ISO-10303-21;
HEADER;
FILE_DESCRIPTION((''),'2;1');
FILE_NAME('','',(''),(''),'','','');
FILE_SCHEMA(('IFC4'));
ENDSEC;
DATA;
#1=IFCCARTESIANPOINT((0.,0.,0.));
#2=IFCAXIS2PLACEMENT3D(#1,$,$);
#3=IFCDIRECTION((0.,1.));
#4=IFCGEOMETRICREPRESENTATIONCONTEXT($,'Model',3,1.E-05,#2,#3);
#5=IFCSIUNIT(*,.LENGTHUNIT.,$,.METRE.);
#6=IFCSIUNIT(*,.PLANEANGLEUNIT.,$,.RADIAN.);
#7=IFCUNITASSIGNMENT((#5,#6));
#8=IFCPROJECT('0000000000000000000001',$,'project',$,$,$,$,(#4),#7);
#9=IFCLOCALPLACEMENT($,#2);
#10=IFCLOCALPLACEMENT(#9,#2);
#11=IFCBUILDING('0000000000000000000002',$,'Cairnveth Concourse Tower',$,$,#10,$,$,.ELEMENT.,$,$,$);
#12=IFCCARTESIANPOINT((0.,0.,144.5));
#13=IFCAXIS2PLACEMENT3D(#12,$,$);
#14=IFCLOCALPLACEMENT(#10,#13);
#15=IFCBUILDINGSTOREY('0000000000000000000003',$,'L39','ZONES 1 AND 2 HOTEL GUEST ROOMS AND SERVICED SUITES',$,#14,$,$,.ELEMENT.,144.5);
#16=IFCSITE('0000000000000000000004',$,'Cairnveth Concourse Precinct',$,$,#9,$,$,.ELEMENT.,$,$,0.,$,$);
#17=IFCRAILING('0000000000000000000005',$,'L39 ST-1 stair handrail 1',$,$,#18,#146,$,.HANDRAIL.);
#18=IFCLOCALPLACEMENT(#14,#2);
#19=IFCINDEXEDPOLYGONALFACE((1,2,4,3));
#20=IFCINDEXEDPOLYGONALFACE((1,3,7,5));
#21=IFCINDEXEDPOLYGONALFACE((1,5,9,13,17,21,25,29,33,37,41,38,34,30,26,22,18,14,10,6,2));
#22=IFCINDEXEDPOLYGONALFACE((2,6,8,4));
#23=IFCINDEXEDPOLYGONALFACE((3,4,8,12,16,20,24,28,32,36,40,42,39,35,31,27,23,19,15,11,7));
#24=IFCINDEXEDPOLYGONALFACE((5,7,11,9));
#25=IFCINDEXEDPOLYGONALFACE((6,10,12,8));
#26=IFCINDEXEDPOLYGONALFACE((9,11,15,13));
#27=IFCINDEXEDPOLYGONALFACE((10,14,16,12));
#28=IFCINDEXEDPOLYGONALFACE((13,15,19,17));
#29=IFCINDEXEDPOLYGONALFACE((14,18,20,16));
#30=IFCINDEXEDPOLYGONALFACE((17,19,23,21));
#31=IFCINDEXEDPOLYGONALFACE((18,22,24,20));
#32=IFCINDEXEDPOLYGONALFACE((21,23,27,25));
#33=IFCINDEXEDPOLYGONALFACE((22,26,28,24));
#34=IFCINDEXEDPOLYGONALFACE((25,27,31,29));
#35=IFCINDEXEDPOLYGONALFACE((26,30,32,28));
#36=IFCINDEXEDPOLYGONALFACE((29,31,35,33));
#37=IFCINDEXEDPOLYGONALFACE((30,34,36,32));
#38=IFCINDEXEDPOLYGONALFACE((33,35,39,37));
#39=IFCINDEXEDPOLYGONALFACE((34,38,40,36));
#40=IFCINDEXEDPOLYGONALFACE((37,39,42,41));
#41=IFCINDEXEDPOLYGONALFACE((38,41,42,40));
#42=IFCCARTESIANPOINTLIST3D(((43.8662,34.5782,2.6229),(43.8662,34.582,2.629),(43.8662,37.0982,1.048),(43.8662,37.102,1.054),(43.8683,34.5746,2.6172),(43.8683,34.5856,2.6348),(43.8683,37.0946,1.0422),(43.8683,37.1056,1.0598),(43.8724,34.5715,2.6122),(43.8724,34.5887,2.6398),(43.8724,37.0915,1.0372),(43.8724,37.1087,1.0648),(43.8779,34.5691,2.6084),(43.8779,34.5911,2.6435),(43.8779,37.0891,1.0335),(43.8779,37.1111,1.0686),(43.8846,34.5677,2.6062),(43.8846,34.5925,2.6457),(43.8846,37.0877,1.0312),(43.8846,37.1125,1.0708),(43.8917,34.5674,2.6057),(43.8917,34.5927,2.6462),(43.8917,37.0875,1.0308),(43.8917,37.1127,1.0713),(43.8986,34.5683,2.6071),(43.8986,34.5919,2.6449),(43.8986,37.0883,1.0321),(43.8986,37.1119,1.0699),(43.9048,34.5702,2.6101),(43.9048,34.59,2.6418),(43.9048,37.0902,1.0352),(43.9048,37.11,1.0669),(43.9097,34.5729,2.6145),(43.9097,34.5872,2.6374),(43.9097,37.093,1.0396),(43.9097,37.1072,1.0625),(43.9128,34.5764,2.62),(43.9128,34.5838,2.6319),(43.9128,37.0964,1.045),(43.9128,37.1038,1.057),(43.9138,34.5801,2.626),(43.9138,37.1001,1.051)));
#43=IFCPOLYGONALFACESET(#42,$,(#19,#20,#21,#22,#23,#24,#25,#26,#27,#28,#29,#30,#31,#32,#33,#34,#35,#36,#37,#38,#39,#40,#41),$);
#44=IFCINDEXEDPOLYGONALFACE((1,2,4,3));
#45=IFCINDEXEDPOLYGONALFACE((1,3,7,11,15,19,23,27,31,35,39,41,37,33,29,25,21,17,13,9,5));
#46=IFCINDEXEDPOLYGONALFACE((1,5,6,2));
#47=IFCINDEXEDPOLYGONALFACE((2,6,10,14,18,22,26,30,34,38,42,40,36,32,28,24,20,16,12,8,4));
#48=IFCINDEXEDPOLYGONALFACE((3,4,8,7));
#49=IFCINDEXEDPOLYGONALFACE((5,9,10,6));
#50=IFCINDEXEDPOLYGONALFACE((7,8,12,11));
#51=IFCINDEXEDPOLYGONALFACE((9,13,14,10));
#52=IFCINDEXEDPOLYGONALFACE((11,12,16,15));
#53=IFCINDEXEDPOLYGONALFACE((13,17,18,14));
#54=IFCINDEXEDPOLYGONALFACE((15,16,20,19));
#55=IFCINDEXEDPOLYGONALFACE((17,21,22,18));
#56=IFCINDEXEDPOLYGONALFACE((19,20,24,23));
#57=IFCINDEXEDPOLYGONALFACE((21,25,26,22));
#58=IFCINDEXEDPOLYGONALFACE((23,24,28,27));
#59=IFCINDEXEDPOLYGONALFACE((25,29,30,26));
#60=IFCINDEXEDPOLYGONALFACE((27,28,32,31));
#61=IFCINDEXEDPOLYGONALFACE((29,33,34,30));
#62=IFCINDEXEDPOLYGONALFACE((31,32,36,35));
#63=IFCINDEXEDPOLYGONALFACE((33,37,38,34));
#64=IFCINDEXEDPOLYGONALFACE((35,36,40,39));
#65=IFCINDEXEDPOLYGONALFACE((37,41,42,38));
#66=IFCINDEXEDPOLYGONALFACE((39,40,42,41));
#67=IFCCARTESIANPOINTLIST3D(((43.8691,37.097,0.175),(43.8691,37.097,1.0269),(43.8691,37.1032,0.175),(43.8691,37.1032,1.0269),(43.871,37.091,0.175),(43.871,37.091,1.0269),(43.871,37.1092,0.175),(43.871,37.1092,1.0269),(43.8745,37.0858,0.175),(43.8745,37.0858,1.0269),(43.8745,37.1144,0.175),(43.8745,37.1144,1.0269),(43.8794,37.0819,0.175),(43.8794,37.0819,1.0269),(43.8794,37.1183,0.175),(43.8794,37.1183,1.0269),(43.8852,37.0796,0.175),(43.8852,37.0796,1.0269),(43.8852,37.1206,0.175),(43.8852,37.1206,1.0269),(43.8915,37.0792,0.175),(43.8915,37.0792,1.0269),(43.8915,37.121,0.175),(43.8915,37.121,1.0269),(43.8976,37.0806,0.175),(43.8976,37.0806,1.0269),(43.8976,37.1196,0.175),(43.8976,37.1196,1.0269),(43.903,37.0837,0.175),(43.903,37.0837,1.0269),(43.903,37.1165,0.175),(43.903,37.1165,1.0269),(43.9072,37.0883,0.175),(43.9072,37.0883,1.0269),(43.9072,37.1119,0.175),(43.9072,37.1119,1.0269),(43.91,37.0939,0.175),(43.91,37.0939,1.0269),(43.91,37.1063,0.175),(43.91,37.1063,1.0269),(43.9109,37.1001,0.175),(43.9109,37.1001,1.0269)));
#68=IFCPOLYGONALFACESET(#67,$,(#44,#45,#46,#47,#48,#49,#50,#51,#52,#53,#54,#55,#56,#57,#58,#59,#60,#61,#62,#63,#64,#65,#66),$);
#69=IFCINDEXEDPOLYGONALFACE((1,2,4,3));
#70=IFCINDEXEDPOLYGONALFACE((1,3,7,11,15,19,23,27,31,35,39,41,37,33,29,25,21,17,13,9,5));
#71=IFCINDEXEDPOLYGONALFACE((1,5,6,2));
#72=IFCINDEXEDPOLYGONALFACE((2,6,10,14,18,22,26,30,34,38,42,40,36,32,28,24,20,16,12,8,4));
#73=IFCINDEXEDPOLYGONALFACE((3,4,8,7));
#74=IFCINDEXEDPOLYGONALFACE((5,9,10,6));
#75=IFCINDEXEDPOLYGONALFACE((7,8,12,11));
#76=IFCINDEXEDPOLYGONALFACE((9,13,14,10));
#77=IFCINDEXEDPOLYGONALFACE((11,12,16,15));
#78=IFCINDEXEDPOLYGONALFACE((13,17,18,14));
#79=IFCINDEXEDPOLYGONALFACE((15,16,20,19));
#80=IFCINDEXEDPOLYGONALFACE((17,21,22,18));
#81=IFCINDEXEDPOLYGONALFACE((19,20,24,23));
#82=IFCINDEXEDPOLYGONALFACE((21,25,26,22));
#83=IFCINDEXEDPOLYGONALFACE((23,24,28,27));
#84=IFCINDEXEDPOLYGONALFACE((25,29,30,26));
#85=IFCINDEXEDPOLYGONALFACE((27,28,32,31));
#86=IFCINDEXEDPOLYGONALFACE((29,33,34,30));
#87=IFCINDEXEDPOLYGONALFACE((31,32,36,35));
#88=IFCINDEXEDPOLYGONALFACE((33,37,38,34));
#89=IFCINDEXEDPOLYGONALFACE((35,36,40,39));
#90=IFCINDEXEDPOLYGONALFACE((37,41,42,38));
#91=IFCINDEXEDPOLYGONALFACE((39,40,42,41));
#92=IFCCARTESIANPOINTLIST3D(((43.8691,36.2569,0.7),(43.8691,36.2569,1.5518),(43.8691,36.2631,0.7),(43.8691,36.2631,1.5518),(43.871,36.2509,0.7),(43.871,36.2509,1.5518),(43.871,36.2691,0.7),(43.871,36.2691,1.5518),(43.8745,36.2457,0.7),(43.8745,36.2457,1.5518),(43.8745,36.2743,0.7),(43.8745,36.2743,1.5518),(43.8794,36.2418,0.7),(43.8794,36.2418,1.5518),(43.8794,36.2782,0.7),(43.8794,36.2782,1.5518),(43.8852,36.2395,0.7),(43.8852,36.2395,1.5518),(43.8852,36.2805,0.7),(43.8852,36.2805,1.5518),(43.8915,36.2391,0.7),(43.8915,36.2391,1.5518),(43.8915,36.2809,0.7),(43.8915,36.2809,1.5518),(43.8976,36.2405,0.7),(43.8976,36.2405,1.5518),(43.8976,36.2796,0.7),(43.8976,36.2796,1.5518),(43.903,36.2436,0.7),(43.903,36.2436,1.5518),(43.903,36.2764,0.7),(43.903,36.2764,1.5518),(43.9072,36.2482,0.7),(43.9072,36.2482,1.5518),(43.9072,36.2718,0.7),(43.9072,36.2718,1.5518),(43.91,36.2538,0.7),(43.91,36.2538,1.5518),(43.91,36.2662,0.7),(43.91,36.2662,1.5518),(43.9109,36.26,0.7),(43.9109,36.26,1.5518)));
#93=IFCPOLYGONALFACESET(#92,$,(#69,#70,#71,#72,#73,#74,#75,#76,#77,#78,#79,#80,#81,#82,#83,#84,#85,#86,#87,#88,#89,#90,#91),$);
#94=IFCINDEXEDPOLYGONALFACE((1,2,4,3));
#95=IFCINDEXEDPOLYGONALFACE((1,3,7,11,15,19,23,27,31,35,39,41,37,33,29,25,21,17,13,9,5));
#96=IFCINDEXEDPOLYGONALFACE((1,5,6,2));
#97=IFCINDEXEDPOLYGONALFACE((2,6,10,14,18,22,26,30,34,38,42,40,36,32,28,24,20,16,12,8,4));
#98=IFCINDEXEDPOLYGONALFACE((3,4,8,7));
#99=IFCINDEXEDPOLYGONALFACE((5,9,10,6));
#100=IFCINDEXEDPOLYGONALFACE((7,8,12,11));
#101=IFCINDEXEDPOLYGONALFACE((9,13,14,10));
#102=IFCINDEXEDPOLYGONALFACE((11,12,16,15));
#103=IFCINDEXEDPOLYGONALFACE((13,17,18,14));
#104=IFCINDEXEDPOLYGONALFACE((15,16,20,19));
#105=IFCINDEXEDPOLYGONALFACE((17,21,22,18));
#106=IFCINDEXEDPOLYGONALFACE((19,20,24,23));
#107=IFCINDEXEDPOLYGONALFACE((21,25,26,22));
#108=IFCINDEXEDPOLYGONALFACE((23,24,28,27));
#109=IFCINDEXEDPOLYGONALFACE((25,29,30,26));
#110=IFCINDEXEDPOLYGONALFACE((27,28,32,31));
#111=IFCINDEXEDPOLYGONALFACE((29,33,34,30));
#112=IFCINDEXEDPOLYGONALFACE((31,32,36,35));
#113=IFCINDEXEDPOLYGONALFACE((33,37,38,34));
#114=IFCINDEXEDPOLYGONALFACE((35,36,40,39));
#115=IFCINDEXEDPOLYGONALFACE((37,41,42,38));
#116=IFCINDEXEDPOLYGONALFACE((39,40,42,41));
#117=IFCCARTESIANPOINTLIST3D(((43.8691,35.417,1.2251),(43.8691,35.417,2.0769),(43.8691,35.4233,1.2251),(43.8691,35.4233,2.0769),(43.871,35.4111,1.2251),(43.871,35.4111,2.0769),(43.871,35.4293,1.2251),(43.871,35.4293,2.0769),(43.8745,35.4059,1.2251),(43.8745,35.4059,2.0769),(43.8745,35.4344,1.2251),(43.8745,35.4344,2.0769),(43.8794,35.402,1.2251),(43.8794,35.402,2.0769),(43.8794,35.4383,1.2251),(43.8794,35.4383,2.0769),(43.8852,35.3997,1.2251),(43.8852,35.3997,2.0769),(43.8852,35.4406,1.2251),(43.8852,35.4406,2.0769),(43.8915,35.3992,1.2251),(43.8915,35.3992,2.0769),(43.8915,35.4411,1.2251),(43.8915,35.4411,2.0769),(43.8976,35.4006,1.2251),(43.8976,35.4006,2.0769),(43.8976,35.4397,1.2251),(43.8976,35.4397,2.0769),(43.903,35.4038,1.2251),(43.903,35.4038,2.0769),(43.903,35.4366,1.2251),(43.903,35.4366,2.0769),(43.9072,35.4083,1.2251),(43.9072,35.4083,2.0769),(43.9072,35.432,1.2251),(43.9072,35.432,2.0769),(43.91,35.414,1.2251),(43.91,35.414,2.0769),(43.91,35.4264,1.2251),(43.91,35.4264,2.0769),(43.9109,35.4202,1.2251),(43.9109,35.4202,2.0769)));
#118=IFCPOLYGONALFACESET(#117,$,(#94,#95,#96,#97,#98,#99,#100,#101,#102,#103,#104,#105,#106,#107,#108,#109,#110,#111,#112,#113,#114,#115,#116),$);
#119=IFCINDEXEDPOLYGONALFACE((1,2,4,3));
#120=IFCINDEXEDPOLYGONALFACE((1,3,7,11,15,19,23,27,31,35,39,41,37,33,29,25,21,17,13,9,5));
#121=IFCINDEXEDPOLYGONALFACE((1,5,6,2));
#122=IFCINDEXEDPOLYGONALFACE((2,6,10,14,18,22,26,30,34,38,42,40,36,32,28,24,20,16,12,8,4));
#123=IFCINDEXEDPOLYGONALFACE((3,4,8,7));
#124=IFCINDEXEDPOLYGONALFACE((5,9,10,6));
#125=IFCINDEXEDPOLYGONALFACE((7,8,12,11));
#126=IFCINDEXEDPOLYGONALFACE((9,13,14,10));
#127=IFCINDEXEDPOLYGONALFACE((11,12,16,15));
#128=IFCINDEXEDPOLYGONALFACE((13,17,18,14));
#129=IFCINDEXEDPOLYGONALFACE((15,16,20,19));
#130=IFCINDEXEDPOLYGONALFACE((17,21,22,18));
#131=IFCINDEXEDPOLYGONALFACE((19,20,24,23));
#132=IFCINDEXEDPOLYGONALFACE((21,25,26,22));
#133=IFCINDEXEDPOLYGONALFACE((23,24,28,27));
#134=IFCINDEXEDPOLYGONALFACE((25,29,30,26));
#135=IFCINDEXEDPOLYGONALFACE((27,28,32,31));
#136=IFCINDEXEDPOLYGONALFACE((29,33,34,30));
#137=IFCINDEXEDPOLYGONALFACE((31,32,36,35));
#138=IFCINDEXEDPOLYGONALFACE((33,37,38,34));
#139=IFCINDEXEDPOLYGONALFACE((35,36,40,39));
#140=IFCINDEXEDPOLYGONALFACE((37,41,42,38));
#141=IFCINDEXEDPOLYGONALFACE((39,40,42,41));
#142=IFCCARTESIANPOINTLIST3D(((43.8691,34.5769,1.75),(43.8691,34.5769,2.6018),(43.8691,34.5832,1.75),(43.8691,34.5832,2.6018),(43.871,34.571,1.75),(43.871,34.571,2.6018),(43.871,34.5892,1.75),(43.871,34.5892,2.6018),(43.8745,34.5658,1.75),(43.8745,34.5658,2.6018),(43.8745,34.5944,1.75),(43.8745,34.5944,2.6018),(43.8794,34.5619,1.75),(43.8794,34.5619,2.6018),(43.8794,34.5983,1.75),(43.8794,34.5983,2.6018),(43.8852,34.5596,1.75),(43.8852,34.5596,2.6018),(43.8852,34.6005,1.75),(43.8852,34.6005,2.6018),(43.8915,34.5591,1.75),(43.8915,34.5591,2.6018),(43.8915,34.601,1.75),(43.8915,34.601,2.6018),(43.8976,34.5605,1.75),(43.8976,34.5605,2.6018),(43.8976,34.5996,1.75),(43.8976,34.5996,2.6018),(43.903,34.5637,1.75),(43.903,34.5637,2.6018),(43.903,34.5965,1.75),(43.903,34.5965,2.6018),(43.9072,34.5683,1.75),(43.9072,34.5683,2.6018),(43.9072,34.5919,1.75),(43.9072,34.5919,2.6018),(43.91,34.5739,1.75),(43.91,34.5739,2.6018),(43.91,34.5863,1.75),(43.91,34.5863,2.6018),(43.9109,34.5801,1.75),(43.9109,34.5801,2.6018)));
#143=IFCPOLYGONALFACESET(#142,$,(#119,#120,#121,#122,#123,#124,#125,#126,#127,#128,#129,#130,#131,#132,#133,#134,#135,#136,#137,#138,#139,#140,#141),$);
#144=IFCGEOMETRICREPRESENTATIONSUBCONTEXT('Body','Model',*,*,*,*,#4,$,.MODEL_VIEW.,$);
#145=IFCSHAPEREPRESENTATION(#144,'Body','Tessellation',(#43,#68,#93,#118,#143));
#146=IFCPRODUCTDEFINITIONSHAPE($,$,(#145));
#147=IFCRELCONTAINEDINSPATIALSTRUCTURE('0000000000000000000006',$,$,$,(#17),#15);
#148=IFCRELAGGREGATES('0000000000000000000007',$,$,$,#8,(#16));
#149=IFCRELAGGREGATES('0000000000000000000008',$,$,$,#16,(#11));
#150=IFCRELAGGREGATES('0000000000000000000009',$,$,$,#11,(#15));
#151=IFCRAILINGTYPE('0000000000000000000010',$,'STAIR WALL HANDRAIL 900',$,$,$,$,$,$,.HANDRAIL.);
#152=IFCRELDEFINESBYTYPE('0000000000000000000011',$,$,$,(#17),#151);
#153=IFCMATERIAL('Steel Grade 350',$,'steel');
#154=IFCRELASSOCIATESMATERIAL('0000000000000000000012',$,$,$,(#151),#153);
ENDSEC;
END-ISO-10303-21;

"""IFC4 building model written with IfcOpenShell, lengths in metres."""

from ifc_helpers import new_model, si_unit, direction, frame, origin, origin_2d, place, context, subcontext, project, spatial, circle, extrude, material, type_object, element, save


model = new_model("IFC4")

# Units and contexts
model_context = context("Model", 3, precision=1e-05, world=origin(), true_north=direction((0.0, 1.0)))
body_context = subcontext(model_context, "Body", "Model", "MODEL_VIEW")
ifc_project = project(units=[si_unit("LENGTHUNIT", "METRE"), si_unit("PLANEANGLEUNIT", "RADIAN")], contexts=[model_context])

# Site, building, storey
site_placement = place(None, origin())
site = spatial("IfcSite", under=ifc_project, at=site_placement, Name="Cairnveth Concourse Precinct", CompositionType="ELEMENT", RefElevation=0.0)
building_placement = place(site_placement, origin())
building = spatial("IfcBuilding", under=site, at=building_placement, Name="Cairnveth Concourse Tower", CompositionType="ELEMENT")
storey_placement = place(building_placement, frame((0.0, 0.0, 144.5)))
storey = spatial("IfcBuildingStorey", under=building, at=storey_placement, Name="L39", Description="ZONES 1 AND 2 HOTEL GUEST ROOMS AND SERVICED SUITES", CompositionType="ELEMENT", Elevation=144.5)

# Shared definitions
ifc_material_1 = material(Name="Steel Grade 350", Category="steel")

# Railing
railing_type_1 = type_object("IfcRailingType", Name="STAIR WALL HANDRAIL 900", PredefinedType="HANDRAIL", material=ifc_material_1)
railing_1_placement = place(storey_placement, frame((43.8899, 37.1001, 0.175)))
element("IfcRailing", 1, at=railing_1_placement, inside=storey, type_object=railing_type_1, Name="L39 ST-1 stair handrail 1", PredefinedType="HANDRAIL", context=body_context, shape_type="SweptSolid", body=[
    extrude(circle(Radius=0.0239, at=origin_2d()), frame((0.0, 0.0, 0.876), z_axis=(0.0, -0.848008, 0.529984), x_axis=(1.0, 0.0, 0.0)), (0.0, 0.0, 1.0), 2.9717),
    extrude(circle(Radius=0.021, at=origin_2d()), origin(), (0.0, 0.0, 1.0), 0.8518),
    extrude(circle(Radius=0.021, at=origin_2d()), frame((0.0, -0.8401, 0.5249)), (0.0, 0.0, 1.0), 0.8518),
    extrude(circle(Radius=0.021, at=origin_2d()), frame((0.0, -1.6799, 1.05)), (0.0, 0.0, 1.0), 0.8518),
    extrude(circle(Radius=0.021, at=origin_2d()), frame((0.0, -2.52, 1.575)), (0.0, 0.0, 1.0), 0.8518),
])

save(model, "model.ifc")
